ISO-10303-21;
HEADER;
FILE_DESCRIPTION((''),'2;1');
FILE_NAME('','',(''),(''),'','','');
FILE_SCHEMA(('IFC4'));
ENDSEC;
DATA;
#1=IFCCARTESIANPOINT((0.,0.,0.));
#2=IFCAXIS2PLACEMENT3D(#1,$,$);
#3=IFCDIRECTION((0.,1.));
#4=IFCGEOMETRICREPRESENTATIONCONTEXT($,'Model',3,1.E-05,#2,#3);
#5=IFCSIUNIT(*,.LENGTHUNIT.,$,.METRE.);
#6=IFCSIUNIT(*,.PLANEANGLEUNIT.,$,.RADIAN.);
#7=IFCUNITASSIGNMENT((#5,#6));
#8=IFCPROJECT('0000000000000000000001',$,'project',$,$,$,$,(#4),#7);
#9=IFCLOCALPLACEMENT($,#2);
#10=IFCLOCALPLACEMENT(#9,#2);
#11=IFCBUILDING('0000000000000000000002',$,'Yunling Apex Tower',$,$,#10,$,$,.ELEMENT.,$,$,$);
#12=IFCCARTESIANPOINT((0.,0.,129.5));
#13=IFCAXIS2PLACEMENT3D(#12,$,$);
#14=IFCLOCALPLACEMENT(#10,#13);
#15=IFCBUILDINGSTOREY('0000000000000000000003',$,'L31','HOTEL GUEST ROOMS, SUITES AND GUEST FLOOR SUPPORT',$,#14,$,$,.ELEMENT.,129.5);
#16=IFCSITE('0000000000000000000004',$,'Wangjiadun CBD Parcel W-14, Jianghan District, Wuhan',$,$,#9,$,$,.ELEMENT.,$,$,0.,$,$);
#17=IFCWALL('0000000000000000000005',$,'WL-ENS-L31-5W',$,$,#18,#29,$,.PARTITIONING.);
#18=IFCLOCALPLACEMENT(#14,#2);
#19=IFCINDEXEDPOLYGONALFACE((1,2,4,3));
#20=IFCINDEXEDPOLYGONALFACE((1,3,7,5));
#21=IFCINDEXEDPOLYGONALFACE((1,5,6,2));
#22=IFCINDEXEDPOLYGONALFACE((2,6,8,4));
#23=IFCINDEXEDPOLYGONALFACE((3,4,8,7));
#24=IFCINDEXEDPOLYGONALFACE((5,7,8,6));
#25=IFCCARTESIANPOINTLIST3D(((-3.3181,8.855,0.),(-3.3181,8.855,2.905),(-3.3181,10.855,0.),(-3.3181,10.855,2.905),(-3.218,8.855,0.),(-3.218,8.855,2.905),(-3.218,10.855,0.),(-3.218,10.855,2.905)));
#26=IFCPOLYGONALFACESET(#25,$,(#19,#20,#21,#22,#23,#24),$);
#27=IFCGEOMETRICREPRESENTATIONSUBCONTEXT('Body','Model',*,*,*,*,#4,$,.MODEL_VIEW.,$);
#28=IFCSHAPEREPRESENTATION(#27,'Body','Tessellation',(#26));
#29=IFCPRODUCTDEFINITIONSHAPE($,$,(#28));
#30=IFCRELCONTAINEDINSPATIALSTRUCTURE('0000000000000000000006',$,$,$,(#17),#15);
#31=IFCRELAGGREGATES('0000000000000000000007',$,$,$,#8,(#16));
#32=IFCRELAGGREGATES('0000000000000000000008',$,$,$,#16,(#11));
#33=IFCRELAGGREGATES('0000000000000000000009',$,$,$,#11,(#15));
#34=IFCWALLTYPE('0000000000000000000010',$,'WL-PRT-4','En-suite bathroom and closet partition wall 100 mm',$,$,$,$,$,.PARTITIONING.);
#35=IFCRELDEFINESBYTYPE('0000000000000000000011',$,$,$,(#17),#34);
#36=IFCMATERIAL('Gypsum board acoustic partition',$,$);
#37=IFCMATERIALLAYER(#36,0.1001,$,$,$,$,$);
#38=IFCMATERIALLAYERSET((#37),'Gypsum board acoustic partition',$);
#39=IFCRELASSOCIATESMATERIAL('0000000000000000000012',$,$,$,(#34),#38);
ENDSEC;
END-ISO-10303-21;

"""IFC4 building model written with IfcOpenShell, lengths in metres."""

from ifc_helpers import new_model, si_unit, direction, frame, frame_2d, origin, place, context, subcontext, project, spatial, rectangle, extrude, material, layer, layer_set, type_object, element, save


model = new_model("IFC4")

# Units and contexts
model_context = context("Model", 3, precision=1e-05, world=origin(), true_north=direction((0.0, 1.0)))
body_context = subcontext(model_context, "Body", "Model", "MODEL_VIEW")
ifc_project = project(units=[si_unit("LENGTHUNIT", "METRE"), si_unit("PLANEANGLEUNIT", "RADIAN")], contexts=[model_context])

# Site, building, storey
site_placement = place(None, origin())
site = spatial("IfcSite", under=ifc_project, at=site_placement, Name="Wangjiadun CBD Parcel W-14, Jianghan District, Wuhan", CompositionType="ELEMENT", RefElevation=0.0)
building_placement = place(site_placement, origin())
building = spatial("IfcBuilding", under=site, at=building_placement, Name="Yunling Apex Tower", CompositionType="ELEMENT")
storey_placement = place(building_placement, frame((0.0, 0.0, 129.5)))
storey = spatial("IfcBuildingStorey", under=building, at=storey_placement, Name="L31", Description="HOTEL GUEST ROOMS, SUITES AND GUEST FLOOR SUPPORT", CompositionType="ELEMENT", Elevation=129.5)

# Shared definitions
ifc_material_1 = material(Name="Gypsum board acoustic partition")

# Shared definitions
ifc_layer_1 = layer(ifc_material_1, 0.1001)
ifc_layer_set_1 = layer_set([ifc_layer_1], Name="Gypsum board acoustic partition")
wall_type_1 = type_object("IfcWallType", Name="WL-PRT-4", Description="En-suite bathroom and closet partition wall 100 mm", PredefinedType="PARTITIONING", material=ifc_layer_set_1)

# Wall
for number, where, z_axis, x_axis, name in (
    (1, (-3.2681, 8.855, 0.0), (0.0, 0.0, 1.0), (0.0, 1.0, 0.0), "WL-ENS-L31-5W"),
):
    element("IfcWall", number, at=place(storey_placement, frame(where, z_axis=z_axis, x_axis=x_axis)), inside=storey, type_object=wall_type_1, Name=name, PredefinedType="PARTITIONING", context=body_context, shape_type="SweptSolid", body=[
        extrude(rectangle(XDim=2.0, YDim=0.1001, at=frame_2d((1.0, 0.0))), origin(), (0.0, 0.0, 1.0), 2.905),
    ])

save(model, "model.ifc")
